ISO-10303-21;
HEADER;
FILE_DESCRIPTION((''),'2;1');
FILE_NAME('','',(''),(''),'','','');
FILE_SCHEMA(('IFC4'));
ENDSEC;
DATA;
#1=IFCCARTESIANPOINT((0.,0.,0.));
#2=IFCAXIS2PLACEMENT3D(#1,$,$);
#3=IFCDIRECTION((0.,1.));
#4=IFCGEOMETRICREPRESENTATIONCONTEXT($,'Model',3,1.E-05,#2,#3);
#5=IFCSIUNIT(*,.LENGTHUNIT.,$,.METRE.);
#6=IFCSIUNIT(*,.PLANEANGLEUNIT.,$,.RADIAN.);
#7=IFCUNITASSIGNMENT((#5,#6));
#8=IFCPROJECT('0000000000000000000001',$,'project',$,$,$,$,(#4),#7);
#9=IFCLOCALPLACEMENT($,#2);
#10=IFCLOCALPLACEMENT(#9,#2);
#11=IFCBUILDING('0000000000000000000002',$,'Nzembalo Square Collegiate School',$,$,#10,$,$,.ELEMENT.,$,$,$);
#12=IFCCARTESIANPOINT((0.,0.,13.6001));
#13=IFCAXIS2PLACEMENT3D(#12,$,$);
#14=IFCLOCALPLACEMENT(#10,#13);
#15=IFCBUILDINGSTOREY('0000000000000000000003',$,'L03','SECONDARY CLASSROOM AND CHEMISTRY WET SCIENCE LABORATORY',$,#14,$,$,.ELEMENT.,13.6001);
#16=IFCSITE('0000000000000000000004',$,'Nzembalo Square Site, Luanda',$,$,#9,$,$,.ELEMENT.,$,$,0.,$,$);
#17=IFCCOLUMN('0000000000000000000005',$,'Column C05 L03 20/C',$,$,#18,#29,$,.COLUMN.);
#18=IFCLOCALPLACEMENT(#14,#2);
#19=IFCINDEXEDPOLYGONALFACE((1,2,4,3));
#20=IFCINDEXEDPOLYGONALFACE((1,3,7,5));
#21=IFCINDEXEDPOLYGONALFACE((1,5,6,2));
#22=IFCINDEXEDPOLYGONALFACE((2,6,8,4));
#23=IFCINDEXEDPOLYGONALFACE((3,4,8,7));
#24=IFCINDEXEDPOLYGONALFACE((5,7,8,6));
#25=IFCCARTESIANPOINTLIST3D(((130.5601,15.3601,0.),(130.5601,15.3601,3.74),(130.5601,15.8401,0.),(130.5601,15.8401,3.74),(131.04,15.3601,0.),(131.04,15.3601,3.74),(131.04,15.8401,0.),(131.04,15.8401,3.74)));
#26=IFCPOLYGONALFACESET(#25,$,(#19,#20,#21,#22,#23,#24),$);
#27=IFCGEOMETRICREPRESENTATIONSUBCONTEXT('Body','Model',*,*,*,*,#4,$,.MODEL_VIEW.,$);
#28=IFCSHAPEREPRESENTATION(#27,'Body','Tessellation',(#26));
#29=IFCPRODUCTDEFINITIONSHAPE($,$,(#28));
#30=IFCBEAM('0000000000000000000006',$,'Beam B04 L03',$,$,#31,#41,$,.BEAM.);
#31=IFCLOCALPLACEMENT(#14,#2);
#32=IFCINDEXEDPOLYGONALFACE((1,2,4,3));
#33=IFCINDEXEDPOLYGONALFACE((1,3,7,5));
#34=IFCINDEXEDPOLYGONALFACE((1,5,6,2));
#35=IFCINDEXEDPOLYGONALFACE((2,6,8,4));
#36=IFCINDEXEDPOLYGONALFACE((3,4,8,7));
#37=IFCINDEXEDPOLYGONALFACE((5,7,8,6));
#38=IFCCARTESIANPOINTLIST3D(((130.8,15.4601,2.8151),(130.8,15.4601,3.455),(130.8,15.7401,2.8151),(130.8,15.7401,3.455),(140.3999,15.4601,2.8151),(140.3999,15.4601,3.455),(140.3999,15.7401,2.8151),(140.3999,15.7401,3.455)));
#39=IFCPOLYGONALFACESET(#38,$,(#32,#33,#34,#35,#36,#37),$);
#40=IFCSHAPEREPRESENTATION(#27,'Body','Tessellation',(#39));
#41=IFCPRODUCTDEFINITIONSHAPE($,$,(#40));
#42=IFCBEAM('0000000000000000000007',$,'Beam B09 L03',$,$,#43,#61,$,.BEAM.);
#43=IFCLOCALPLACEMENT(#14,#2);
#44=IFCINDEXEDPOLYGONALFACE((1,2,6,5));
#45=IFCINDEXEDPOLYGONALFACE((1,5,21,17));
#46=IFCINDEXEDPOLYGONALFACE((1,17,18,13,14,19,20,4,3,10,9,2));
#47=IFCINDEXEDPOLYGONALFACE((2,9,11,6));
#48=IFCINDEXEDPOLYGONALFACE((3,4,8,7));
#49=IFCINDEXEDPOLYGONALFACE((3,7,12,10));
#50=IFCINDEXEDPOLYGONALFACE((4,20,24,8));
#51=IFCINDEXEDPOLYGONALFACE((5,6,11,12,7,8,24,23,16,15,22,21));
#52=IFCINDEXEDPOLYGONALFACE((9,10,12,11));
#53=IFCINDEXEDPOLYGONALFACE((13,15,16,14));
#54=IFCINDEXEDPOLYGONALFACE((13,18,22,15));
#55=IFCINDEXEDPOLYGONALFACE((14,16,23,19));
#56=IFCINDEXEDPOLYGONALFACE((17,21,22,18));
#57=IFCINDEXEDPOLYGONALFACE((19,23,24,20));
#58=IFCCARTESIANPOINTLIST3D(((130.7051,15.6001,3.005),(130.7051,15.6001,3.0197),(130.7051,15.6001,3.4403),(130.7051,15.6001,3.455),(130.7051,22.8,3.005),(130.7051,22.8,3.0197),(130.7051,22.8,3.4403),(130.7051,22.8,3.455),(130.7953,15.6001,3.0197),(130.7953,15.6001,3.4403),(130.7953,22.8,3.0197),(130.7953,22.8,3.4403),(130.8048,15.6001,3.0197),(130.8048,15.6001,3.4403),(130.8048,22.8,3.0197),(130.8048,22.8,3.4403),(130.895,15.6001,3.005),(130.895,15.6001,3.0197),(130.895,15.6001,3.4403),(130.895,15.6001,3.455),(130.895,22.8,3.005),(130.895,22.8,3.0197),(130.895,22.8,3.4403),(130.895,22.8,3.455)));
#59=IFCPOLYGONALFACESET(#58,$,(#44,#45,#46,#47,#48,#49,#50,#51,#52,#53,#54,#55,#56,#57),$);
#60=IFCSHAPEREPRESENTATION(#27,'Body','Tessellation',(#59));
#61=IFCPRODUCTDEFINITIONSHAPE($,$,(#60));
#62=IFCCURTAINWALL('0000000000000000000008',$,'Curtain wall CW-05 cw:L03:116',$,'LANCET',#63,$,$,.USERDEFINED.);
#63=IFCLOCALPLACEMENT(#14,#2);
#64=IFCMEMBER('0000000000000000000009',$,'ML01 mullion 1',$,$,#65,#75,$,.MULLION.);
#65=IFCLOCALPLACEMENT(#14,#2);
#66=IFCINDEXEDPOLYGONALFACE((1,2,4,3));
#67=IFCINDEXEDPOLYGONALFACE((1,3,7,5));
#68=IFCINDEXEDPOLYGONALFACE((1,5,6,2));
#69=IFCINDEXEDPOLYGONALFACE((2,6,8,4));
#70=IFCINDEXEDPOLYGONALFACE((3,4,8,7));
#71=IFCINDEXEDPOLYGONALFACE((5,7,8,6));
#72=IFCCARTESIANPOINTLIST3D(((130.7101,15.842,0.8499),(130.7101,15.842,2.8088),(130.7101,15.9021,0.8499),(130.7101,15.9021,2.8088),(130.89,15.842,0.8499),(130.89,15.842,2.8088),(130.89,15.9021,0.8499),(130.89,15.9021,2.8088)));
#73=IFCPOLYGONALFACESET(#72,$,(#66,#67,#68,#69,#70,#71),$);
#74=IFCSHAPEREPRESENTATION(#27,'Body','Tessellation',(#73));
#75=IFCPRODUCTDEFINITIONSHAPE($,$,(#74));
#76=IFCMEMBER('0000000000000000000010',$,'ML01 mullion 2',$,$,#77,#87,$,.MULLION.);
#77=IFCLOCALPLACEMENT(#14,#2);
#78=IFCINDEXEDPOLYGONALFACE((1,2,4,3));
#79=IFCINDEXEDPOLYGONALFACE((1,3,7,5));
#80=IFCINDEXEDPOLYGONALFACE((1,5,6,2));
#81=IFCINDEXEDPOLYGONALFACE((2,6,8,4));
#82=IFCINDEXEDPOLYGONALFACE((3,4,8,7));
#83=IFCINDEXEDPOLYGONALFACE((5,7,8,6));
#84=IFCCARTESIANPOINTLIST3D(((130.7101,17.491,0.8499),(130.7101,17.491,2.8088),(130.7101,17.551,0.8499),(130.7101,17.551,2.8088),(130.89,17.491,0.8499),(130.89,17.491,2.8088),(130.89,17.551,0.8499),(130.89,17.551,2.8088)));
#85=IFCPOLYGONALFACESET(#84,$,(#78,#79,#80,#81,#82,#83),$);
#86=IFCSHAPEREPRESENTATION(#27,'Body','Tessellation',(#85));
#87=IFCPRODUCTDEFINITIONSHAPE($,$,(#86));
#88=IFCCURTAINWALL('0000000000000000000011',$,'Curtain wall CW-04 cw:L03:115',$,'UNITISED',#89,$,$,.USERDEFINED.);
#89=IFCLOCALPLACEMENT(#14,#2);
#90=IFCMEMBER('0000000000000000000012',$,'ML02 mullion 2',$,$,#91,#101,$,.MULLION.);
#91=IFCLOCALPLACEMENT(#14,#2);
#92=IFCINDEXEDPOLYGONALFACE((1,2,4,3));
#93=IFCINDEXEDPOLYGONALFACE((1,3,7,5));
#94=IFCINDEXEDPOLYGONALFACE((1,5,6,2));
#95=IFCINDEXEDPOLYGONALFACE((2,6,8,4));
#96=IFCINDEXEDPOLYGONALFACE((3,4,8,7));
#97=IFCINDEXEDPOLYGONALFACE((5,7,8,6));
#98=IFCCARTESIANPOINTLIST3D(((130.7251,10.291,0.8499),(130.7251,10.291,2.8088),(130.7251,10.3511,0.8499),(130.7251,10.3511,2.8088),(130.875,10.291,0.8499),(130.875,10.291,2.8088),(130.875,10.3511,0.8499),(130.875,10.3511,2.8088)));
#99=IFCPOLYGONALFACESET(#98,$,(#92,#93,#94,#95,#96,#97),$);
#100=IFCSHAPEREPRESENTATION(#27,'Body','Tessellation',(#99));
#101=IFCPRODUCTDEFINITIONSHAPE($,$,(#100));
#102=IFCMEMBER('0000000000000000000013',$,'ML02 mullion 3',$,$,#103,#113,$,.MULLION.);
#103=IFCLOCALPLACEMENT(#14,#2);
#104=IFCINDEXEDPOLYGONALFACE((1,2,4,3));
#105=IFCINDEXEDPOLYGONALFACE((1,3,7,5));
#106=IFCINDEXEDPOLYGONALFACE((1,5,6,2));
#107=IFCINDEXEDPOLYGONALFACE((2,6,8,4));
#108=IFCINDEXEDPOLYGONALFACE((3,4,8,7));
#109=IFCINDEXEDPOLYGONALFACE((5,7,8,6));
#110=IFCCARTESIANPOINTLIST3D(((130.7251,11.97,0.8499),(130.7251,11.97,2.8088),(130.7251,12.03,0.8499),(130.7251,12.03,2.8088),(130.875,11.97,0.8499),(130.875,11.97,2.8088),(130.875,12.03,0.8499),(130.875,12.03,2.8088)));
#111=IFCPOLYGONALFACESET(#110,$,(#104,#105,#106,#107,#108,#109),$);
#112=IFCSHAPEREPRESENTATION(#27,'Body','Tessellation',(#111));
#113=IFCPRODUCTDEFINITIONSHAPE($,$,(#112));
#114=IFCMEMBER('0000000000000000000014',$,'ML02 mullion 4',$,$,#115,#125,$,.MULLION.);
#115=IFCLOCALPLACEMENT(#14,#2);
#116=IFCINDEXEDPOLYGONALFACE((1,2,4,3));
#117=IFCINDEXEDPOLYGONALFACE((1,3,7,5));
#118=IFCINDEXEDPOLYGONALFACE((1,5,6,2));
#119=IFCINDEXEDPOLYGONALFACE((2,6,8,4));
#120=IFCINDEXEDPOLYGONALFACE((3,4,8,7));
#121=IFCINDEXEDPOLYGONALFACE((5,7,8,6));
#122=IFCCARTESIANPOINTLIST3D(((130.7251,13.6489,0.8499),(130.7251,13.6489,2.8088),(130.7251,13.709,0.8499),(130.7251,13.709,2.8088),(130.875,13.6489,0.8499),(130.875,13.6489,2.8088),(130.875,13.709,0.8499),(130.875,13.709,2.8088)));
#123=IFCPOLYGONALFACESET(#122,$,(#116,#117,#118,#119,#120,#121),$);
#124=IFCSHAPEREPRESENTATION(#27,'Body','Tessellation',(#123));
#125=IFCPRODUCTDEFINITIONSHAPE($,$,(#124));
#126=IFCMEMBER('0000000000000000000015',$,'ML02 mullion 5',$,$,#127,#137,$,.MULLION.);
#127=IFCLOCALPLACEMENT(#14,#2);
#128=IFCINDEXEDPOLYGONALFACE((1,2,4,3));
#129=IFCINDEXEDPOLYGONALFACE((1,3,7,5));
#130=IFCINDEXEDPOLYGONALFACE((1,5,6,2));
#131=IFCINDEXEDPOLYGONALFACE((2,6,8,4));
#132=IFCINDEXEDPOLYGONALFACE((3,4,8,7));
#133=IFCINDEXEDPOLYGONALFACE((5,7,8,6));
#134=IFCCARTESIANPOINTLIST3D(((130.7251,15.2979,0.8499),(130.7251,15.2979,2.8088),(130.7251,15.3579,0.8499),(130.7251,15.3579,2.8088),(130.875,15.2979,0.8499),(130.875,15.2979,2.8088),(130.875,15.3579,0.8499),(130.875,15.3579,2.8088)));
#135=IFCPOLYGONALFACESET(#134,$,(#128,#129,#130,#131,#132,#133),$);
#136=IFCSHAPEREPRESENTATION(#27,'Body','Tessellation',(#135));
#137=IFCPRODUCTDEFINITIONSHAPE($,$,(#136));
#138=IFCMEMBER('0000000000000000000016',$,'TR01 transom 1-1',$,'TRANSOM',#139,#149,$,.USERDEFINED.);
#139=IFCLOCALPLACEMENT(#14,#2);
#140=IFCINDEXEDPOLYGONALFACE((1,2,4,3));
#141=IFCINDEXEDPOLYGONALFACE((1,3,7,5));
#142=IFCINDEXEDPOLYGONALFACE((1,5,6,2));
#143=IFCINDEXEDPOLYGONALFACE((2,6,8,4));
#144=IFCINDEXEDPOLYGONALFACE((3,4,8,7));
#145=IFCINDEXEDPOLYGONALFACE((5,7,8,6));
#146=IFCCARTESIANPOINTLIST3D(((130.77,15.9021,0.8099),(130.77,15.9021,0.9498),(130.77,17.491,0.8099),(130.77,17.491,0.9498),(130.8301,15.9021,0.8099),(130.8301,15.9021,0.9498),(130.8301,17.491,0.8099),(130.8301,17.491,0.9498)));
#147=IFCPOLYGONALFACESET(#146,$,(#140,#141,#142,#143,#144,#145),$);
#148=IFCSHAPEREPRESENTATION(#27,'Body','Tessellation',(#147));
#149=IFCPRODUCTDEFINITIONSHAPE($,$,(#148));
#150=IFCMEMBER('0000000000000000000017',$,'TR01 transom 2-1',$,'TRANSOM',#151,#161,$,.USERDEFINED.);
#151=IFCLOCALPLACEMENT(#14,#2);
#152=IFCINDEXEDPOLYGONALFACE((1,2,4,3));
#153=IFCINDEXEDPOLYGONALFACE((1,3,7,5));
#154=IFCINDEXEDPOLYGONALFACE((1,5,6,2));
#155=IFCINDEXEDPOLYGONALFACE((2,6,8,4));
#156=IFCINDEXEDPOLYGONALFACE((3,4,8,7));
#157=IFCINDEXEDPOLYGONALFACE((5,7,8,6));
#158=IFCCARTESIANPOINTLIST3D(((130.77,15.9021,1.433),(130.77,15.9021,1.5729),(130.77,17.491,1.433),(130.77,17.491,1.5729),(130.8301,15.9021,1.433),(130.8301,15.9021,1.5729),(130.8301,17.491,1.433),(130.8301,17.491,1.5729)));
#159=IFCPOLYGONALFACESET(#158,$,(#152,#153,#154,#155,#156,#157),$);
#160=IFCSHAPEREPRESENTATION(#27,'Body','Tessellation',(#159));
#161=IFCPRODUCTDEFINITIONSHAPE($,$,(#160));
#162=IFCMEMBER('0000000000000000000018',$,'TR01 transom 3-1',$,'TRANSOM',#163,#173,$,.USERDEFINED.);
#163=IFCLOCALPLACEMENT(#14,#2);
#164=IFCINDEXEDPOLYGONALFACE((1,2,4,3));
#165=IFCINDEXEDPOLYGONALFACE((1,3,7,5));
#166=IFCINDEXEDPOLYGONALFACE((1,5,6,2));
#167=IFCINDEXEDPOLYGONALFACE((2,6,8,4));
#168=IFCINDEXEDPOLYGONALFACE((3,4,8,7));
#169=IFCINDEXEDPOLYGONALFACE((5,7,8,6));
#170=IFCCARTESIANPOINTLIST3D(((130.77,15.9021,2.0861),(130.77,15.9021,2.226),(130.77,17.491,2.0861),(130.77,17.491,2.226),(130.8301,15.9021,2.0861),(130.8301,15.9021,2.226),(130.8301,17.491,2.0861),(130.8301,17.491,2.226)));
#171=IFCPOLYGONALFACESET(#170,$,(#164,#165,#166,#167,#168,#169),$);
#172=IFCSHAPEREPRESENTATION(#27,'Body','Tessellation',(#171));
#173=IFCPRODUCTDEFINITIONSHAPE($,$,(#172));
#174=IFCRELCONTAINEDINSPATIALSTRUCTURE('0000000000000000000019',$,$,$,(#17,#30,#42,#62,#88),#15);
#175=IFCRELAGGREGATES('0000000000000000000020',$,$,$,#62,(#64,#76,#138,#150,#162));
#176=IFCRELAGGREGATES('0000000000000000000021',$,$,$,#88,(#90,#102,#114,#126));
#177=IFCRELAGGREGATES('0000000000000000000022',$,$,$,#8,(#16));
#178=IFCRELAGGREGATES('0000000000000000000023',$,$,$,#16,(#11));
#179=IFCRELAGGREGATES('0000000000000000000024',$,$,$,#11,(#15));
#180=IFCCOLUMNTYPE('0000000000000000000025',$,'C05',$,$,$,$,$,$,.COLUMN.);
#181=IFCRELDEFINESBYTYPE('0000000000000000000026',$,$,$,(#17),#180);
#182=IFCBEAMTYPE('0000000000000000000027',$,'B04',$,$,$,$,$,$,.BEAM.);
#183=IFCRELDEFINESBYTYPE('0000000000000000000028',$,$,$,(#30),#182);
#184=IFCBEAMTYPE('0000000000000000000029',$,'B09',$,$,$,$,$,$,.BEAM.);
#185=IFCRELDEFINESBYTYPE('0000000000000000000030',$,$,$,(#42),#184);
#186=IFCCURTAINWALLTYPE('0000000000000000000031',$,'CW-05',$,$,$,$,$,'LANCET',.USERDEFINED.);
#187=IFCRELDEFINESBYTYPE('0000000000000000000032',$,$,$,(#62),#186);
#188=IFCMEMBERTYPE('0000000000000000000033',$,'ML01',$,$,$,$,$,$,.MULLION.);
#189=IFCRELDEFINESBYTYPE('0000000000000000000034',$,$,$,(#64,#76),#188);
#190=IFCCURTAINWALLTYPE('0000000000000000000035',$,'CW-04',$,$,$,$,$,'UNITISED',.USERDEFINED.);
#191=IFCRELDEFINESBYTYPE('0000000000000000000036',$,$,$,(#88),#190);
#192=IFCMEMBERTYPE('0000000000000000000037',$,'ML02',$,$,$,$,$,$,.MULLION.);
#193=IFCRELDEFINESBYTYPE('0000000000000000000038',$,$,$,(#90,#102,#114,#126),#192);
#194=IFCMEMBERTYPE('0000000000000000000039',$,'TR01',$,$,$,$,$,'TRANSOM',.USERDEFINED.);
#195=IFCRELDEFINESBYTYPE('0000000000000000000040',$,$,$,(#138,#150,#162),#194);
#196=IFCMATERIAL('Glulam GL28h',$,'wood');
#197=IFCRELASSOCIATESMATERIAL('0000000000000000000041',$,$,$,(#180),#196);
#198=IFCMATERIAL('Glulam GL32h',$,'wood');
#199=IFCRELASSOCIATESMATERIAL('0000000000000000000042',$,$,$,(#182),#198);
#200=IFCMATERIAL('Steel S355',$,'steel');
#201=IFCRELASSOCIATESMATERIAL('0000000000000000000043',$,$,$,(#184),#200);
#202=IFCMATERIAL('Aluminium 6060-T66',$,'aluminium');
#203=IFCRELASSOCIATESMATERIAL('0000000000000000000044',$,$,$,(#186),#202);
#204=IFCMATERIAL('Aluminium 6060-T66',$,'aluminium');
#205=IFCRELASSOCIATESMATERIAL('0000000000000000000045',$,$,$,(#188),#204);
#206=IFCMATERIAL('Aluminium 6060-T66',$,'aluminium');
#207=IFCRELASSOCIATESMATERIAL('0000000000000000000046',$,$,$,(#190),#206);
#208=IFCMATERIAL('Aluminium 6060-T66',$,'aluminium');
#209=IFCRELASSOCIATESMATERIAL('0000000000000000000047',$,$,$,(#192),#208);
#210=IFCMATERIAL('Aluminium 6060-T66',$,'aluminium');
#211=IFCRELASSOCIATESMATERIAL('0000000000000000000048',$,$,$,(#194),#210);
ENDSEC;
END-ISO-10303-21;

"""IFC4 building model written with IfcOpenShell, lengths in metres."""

from ifc_helpers import new_model, si_unit, direction, frame, origin, origin_2d, place, context, subcontext, project, spatial, rectangle, i_section, extrude, material, material_profile, profile_set, type_object, element, aggregate, save


model = new_model("IFC4")

# Units and contexts
model_context = context("Model", 3, precision=1e-05, world=origin(), true_north=direction((0.0, 1.0)))
body_context = subcontext(model_context, "Body", "Model", "MODEL_VIEW")
ifc_project = project(units=[si_unit("LENGTHUNIT", "METRE"), si_unit("PLANEANGLEUNIT", "RADIAN")], contexts=[model_context])

# Site, building, storey
site_placement = place(None, origin())
site = spatial("IfcSite", under=ifc_project, at=site_placement, Name="Nzembalo Square Site, Luanda", CompositionType="ELEMENT", RefElevation=0.0)
building_placement = place(site_placement, origin())
building = spatial("IfcBuilding", under=site, at=building_placement, Name="Nzembalo Square Collegiate School", CompositionType="ELEMENT")
storey_placement = place(building_placement, frame((0.0, 0.0, 13.6001)))
storey = spatial("IfcBuildingStorey", under=building, at=storey_placement, Name="L03", Description="SECONDARY CLASSROOM AND CHEMISTRY WET SCIENCE LABORATORY", CompositionType="ELEMENT", Elevation=13.6001)

# Column
ifc_material_1 = material(Name="Glulam GL28h", Category="wood")
ifc_material_profile_1 = material_profile(ifc_material_1, rectangle(XDim=0.48, YDim=0.48, at=origin_2d()), Name="GL28h 480x480")
ifc_profile_set_1 = profile_set([ifc_material_profile_1], Name="Glulam GL28h")
column_type = type_object("IfcColumnType", Name="C05", PredefinedType="COLUMN", material=ifc_profile_set_1)
column_placement = place(storey_placement, frame((130.8, 15.6001, 0.0), z_axis=(0.0, 0.0, 1.0), x_axis=(1.0, 0.0, 0.0)))
element("IfcColumn", 1, at=column_placement, inside=storey, type_object=column_type, Name="Column C05 L03 20/C", PredefinedType="COLUMN", context=body_context, shape_type="SweptSolid", body=[
    extrude(rectangle(XDim=0.48, YDim=0.48, at=origin_2d()), origin(), (0.0, 0.0, 1.0), 3.74),
])

# Beams
ifc_material_2 = material(Name="Glulam GL32h", Category="wood")
ifc_material_profile_2 = material_profile(ifc_material_2, rectangle(XDim=0.28, YDim=0.6399, at=origin_2d()), Name="GL32h 280x640")
ifc_profile_set_2 = profile_set([ifc_material_profile_2], Name="Glulam GL32h")
beam_type_1 = type_object("IfcBeamType", Name="B04", PredefinedType="BEAM", material=ifc_profile_set_2)
beam_1_placement = place(storey_placement, frame((130.8, 15.6001, 3.135), z_axis=(1.0, 0.0, 0.0), x_axis=(0.0, 1.0, 0.0)))
element("IfcBeam", 2, at=beam_1_placement, inside=storey, type_object=beam_type_1, Name="Beam B04 L03", PredefinedType="BEAM", context=body_context, shape_type="SweptSolid", body=[
    extrude(rectangle(XDim=0.28, YDim=0.6399, at=origin_2d()), origin(), (0.0, 0.0, 1.0), 9.5999),
])
ifc_material_3 = material(Name="Steel S355", Category="steel")
ifc_material_profile_3 = material_profile(ifc_material_3, i_section(OverallWidth=0.1899, OverallDepth=0.45, WebThickness=0.0095, FlangeThickness=0.0146, at=origin_2d()), Name="IPE 450")
ifc_profile_set_3 = profile_set([ifc_material_profile_3], Name="Steel S355")
beam_type_2 = type_object("IfcBeamType", Name="B09", PredefinedType="BEAM", material=ifc_profile_set_3)
beam_2_placement = place(storey_placement, frame((130.8, 15.6001, 3.23), z_axis=(0.0, 1.0, 0.0), x_axis=(-1.0, 0.0, 0.0)))
element("IfcBeam", 3, at=beam_2_placement, inside=storey, type_object=beam_type_2, Name="Beam B09 L03", PredefinedType="BEAM", context=body_context, shape_type="SweptSolid", body=[
    extrude(i_section(OverallWidth=0.1899, OverallDepth=0.45, WebThickness=0.0095, FlangeThickness=0.0146, at=origin_2d()), origin(), (0.0, 0.0, 1.0), 7.2),
])

# Curtain walls, members
ifc_material_4 = material(Name="Aluminium 6060-T66", Category="aluminium")
curtain_wall_type_1 = type_object("IfcCurtainWallType", Name="CW-05", ElementType="LANCET", PredefinedType="USERDEFINED", material=ifc_material_4)
curtain_wall_1_placement = place(storey_placement, origin())
curtain_wall_1 = element("IfcCurtainWall", 4, at=curtain_wall_1_placement, inside=storey, type_object=curtain_wall_type_1, Name="Curtain wall CW-05 cw:L03:116", ObjectType="LANCET", PredefinedType="USERDEFINED")
ifc_material_5 = material(Name="Aluminium 6060-T66", Category="aluminium")
ifc_material_profile_4 = material_profile(ifc_material_5, rectangle(XDim=0.0601, YDim=0.1799, at=origin_2d()), Name="ALU M60x180")
ifc_profile_set_4 = profile_set([ifc_material_profile_4], Name="Aluminium 6060-T66")
member_type_1 = type_object("IfcMemberType", Name="ML01", PredefinedType="MULLION", material=ifc_profile_set_4)
member_1_placement = place(storey_placement, frame((130.8, 15.8721, 0.8499), z_axis=(0.0, 0.0, 1.0), x_axis=(0.0, 1.0, 0.0)))
member_1 = element("IfcMember", 5, at=member_1_placement, type_object=member_type_1, Name="ML01 mullion 1", PredefinedType="MULLION", context=body_context, shape_type="SweptSolid", body=[
    extrude(rectangle(XDim=0.0601, YDim=0.1799, at=origin_2d()), origin(), (0.0, 0.0, 1.0), 1.959),
])
member_2_placement = place(storey_placement, frame((130.8, 17.521, 0.8499), z_axis=(0.0, 0.0, 1.0), x_axis=(0.0, 1.0, 0.0)))
member_2 = element("IfcMember", 6, at=member_2_placement, type_object=member_type_1, Name="ML01 mullion 2", PredefinedType="MULLION", context=body_context, shape_type="SweptSolid", body=[
    extrude(rectangle(XDim=0.0601, YDim=0.1799, at=origin_2d()), origin(), (0.0, 0.0, 1.0), 1.959),
])
ifc_material_6 = material(Name="Aluminium 6060-T66", Category="aluminium")
curtain_wall_type_2 = type_object("IfcCurtainWallType", Name="CW-04", ElementType="UNITISED", PredefinedType="USERDEFINED", material=ifc_material_6)
curtain_wall_2_placement = place(storey_placement, origin())
curtain_wall_2 = element("IfcCurtainWall", 7, at=curtain_wall_2_placement, inside=storey, type_object=curtain_wall_type_2, Name="Curtain wall CW-04 cw:L03:115", ObjectType="UNITISED", PredefinedType="USERDEFINED")
ifc_material_7 = material(Name="Aluminium 6060-T66", Category="aluminium")
ifc_material_profile_5 = material_profile(ifc_material_7, rectangle(XDim=0.0601, YDim=0.1499, at=origin_2d()), Name="ALU M60x150")
ifc_profile_set_5 = profile_set([ifc_material_profile_5], Name="Aluminium 6060-T66")
member_type_2 = type_object("IfcMemberType", Name="ML02", PredefinedType="MULLION", material=ifc_profile_set_5)
member_3_placement = place(storey_placement, frame((130.8, 10.321, 0.8499), z_axis=(0.0, 0.0, 1.0), x_axis=(0.0, 1.0, 0.0)))
member_3 = element("IfcMember", 8, at=member_3_placement, type_object=member_type_2, Name="ML02 mullion 2", PredefinedType="MULLION", context=body_context, shape_type="SweptSolid", body=[
    extrude(rectangle(XDim=0.0601, YDim=0.1499, at=origin_2d()), origin(), (0.0, 0.0, 1.0), 1.959),
])
member_4_placement = place(storey_placement, frame((130.8, 12.0, 0.8499), z_axis=(0.0, 0.0, 1.0), x_axis=(0.0, 1.0, 0.0)))
member_4 = element("IfcMember", 9, at=member_4_placement, type_object=member_type_2, Name="ML02 mullion 3", PredefinedType="MULLION", context=body_context, shape_type="SweptSolid", body=[
    extrude(rectangle(XDim=0.0601, YDim=0.1499, at=origin_2d()), origin(), (0.0, 0.0, 1.0), 1.959),
])
member_5_placement = place(storey_placement, frame((130.8, 13.679, 0.8499), z_axis=(0.0, 0.0, 1.0), x_axis=(0.0, 1.0, 0.0)))
member_5 = element("IfcMember", 10, at=member_5_placement, type_object=member_type_2, Name="ML02 mullion 4", PredefinedType="MULLION", context=body_context, shape_type="SweptSolid", body=[
    extrude(rectangle(XDim=0.0601, YDim=0.1499, at=origin_2d()), origin(), (0.0, 0.0, 1.0), 1.959),
])
member_6_placement = place(storey_placement, frame((130.8, 15.3279, 0.8499), z_axis=(0.0, 0.0, 1.0), x_axis=(0.0, 1.0, 0.0)))
member_6 = element("IfcMember", 11, at=member_6_placement, type_object=member_type_2, Name="ML02 mullion 5", PredefinedType="MULLION", context=body_context, shape_type="SweptSolid", body=[
    extrude(rectangle(XDim=0.0601, YDim=0.1499, at=origin_2d()), origin(), (0.0, 0.0, 1.0), 1.959),
])

# Members
ifc_material_8 = material(Name="Aluminium 6060-T66", Category="aluminium")
ifc_material_profile_6 = material_profile(ifc_material_8, rectangle(XDim=0.0601, YDim=0.1399, at=origin_2d()), Name="ALU T60x140")
ifc_profile_set_6 = profile_set([ifc_material_profile_6], Name="Aluminium 6060-T66")
member_type_3 = type_object("IfcMemberType", Name="TR01", ElementType="TRANSOM", PredefinedType="USERDEFINED", material=ifc_profile_set_6)
member_7_placement = place(storey_placement, frame((130.8, 15.9021, 0.8799), z_axis=(0.0, 1.0, 0.0), x_axis=(-1.0, 0.0, 0.0)))
member_7 = element("IfcMember", 12, at=member_7_placement, type_object=member_type_3, Name="TR01 transom 1-1", ObjectType="TRANSOM", PredefinedType="USERDEFINED", context=body_context, shape_type="SweptSolid", body=[
    extrude(rectangle(XDim=0.0601, YDim=0.1399, at=origin_2d()), origin(), (0.0, 0.0, 1.0), 1.5889),
])
member_8_placement = place(storey_placement, frame((130.8, 15.9021, 1.5029), z_axis=(0.0, 1.0, 0.0), x_axis=(-1.0, 0.0, 0.0)))
member_8 = element("IfcMember", 13, at=member_8_placement, type_object=member_type_3, Name="TR01 transom 2-1", ObjectType="TRANSOM", PredefinedType="USERDEFINED", context=body_context, shape_type="SweptSolid", body=[
    extrude(rectangle(XDim=0.0601, YDim=0.1399, at=origin_2d()), origin(), (0.0, 0.0, 1.0), 1.5889),
])
member_9_placement = place(storey_placement, frame((130.8, 15.9021, 2.156), z_axis=(0.0, 1.0, 0.0), x_axis=(-1.0, 0.0, 0.0)))
member_9 = element("IfcMember", 14, at=member_9_placement, type_object=member_type_3, Name="TR01 transom 3-1", ObjectType="TRANSOM", PredefinedType="USERDEFINED", context=body_context, shape_type="SweptSolid", body=[
    extrude(rectangle(XDim=0.0601, YDim=0.1399, at=origin_2d()), origin(), (0.0, 0.0, 1.0), 1.5889),
])
aggregate(curtain_wall_1, [member_1, member_2, member_7, member_8, member_9])

aggregate(curtain_wall_2, [member_3, member_4, member_5, member_6])

save(model, "model.ifc")
